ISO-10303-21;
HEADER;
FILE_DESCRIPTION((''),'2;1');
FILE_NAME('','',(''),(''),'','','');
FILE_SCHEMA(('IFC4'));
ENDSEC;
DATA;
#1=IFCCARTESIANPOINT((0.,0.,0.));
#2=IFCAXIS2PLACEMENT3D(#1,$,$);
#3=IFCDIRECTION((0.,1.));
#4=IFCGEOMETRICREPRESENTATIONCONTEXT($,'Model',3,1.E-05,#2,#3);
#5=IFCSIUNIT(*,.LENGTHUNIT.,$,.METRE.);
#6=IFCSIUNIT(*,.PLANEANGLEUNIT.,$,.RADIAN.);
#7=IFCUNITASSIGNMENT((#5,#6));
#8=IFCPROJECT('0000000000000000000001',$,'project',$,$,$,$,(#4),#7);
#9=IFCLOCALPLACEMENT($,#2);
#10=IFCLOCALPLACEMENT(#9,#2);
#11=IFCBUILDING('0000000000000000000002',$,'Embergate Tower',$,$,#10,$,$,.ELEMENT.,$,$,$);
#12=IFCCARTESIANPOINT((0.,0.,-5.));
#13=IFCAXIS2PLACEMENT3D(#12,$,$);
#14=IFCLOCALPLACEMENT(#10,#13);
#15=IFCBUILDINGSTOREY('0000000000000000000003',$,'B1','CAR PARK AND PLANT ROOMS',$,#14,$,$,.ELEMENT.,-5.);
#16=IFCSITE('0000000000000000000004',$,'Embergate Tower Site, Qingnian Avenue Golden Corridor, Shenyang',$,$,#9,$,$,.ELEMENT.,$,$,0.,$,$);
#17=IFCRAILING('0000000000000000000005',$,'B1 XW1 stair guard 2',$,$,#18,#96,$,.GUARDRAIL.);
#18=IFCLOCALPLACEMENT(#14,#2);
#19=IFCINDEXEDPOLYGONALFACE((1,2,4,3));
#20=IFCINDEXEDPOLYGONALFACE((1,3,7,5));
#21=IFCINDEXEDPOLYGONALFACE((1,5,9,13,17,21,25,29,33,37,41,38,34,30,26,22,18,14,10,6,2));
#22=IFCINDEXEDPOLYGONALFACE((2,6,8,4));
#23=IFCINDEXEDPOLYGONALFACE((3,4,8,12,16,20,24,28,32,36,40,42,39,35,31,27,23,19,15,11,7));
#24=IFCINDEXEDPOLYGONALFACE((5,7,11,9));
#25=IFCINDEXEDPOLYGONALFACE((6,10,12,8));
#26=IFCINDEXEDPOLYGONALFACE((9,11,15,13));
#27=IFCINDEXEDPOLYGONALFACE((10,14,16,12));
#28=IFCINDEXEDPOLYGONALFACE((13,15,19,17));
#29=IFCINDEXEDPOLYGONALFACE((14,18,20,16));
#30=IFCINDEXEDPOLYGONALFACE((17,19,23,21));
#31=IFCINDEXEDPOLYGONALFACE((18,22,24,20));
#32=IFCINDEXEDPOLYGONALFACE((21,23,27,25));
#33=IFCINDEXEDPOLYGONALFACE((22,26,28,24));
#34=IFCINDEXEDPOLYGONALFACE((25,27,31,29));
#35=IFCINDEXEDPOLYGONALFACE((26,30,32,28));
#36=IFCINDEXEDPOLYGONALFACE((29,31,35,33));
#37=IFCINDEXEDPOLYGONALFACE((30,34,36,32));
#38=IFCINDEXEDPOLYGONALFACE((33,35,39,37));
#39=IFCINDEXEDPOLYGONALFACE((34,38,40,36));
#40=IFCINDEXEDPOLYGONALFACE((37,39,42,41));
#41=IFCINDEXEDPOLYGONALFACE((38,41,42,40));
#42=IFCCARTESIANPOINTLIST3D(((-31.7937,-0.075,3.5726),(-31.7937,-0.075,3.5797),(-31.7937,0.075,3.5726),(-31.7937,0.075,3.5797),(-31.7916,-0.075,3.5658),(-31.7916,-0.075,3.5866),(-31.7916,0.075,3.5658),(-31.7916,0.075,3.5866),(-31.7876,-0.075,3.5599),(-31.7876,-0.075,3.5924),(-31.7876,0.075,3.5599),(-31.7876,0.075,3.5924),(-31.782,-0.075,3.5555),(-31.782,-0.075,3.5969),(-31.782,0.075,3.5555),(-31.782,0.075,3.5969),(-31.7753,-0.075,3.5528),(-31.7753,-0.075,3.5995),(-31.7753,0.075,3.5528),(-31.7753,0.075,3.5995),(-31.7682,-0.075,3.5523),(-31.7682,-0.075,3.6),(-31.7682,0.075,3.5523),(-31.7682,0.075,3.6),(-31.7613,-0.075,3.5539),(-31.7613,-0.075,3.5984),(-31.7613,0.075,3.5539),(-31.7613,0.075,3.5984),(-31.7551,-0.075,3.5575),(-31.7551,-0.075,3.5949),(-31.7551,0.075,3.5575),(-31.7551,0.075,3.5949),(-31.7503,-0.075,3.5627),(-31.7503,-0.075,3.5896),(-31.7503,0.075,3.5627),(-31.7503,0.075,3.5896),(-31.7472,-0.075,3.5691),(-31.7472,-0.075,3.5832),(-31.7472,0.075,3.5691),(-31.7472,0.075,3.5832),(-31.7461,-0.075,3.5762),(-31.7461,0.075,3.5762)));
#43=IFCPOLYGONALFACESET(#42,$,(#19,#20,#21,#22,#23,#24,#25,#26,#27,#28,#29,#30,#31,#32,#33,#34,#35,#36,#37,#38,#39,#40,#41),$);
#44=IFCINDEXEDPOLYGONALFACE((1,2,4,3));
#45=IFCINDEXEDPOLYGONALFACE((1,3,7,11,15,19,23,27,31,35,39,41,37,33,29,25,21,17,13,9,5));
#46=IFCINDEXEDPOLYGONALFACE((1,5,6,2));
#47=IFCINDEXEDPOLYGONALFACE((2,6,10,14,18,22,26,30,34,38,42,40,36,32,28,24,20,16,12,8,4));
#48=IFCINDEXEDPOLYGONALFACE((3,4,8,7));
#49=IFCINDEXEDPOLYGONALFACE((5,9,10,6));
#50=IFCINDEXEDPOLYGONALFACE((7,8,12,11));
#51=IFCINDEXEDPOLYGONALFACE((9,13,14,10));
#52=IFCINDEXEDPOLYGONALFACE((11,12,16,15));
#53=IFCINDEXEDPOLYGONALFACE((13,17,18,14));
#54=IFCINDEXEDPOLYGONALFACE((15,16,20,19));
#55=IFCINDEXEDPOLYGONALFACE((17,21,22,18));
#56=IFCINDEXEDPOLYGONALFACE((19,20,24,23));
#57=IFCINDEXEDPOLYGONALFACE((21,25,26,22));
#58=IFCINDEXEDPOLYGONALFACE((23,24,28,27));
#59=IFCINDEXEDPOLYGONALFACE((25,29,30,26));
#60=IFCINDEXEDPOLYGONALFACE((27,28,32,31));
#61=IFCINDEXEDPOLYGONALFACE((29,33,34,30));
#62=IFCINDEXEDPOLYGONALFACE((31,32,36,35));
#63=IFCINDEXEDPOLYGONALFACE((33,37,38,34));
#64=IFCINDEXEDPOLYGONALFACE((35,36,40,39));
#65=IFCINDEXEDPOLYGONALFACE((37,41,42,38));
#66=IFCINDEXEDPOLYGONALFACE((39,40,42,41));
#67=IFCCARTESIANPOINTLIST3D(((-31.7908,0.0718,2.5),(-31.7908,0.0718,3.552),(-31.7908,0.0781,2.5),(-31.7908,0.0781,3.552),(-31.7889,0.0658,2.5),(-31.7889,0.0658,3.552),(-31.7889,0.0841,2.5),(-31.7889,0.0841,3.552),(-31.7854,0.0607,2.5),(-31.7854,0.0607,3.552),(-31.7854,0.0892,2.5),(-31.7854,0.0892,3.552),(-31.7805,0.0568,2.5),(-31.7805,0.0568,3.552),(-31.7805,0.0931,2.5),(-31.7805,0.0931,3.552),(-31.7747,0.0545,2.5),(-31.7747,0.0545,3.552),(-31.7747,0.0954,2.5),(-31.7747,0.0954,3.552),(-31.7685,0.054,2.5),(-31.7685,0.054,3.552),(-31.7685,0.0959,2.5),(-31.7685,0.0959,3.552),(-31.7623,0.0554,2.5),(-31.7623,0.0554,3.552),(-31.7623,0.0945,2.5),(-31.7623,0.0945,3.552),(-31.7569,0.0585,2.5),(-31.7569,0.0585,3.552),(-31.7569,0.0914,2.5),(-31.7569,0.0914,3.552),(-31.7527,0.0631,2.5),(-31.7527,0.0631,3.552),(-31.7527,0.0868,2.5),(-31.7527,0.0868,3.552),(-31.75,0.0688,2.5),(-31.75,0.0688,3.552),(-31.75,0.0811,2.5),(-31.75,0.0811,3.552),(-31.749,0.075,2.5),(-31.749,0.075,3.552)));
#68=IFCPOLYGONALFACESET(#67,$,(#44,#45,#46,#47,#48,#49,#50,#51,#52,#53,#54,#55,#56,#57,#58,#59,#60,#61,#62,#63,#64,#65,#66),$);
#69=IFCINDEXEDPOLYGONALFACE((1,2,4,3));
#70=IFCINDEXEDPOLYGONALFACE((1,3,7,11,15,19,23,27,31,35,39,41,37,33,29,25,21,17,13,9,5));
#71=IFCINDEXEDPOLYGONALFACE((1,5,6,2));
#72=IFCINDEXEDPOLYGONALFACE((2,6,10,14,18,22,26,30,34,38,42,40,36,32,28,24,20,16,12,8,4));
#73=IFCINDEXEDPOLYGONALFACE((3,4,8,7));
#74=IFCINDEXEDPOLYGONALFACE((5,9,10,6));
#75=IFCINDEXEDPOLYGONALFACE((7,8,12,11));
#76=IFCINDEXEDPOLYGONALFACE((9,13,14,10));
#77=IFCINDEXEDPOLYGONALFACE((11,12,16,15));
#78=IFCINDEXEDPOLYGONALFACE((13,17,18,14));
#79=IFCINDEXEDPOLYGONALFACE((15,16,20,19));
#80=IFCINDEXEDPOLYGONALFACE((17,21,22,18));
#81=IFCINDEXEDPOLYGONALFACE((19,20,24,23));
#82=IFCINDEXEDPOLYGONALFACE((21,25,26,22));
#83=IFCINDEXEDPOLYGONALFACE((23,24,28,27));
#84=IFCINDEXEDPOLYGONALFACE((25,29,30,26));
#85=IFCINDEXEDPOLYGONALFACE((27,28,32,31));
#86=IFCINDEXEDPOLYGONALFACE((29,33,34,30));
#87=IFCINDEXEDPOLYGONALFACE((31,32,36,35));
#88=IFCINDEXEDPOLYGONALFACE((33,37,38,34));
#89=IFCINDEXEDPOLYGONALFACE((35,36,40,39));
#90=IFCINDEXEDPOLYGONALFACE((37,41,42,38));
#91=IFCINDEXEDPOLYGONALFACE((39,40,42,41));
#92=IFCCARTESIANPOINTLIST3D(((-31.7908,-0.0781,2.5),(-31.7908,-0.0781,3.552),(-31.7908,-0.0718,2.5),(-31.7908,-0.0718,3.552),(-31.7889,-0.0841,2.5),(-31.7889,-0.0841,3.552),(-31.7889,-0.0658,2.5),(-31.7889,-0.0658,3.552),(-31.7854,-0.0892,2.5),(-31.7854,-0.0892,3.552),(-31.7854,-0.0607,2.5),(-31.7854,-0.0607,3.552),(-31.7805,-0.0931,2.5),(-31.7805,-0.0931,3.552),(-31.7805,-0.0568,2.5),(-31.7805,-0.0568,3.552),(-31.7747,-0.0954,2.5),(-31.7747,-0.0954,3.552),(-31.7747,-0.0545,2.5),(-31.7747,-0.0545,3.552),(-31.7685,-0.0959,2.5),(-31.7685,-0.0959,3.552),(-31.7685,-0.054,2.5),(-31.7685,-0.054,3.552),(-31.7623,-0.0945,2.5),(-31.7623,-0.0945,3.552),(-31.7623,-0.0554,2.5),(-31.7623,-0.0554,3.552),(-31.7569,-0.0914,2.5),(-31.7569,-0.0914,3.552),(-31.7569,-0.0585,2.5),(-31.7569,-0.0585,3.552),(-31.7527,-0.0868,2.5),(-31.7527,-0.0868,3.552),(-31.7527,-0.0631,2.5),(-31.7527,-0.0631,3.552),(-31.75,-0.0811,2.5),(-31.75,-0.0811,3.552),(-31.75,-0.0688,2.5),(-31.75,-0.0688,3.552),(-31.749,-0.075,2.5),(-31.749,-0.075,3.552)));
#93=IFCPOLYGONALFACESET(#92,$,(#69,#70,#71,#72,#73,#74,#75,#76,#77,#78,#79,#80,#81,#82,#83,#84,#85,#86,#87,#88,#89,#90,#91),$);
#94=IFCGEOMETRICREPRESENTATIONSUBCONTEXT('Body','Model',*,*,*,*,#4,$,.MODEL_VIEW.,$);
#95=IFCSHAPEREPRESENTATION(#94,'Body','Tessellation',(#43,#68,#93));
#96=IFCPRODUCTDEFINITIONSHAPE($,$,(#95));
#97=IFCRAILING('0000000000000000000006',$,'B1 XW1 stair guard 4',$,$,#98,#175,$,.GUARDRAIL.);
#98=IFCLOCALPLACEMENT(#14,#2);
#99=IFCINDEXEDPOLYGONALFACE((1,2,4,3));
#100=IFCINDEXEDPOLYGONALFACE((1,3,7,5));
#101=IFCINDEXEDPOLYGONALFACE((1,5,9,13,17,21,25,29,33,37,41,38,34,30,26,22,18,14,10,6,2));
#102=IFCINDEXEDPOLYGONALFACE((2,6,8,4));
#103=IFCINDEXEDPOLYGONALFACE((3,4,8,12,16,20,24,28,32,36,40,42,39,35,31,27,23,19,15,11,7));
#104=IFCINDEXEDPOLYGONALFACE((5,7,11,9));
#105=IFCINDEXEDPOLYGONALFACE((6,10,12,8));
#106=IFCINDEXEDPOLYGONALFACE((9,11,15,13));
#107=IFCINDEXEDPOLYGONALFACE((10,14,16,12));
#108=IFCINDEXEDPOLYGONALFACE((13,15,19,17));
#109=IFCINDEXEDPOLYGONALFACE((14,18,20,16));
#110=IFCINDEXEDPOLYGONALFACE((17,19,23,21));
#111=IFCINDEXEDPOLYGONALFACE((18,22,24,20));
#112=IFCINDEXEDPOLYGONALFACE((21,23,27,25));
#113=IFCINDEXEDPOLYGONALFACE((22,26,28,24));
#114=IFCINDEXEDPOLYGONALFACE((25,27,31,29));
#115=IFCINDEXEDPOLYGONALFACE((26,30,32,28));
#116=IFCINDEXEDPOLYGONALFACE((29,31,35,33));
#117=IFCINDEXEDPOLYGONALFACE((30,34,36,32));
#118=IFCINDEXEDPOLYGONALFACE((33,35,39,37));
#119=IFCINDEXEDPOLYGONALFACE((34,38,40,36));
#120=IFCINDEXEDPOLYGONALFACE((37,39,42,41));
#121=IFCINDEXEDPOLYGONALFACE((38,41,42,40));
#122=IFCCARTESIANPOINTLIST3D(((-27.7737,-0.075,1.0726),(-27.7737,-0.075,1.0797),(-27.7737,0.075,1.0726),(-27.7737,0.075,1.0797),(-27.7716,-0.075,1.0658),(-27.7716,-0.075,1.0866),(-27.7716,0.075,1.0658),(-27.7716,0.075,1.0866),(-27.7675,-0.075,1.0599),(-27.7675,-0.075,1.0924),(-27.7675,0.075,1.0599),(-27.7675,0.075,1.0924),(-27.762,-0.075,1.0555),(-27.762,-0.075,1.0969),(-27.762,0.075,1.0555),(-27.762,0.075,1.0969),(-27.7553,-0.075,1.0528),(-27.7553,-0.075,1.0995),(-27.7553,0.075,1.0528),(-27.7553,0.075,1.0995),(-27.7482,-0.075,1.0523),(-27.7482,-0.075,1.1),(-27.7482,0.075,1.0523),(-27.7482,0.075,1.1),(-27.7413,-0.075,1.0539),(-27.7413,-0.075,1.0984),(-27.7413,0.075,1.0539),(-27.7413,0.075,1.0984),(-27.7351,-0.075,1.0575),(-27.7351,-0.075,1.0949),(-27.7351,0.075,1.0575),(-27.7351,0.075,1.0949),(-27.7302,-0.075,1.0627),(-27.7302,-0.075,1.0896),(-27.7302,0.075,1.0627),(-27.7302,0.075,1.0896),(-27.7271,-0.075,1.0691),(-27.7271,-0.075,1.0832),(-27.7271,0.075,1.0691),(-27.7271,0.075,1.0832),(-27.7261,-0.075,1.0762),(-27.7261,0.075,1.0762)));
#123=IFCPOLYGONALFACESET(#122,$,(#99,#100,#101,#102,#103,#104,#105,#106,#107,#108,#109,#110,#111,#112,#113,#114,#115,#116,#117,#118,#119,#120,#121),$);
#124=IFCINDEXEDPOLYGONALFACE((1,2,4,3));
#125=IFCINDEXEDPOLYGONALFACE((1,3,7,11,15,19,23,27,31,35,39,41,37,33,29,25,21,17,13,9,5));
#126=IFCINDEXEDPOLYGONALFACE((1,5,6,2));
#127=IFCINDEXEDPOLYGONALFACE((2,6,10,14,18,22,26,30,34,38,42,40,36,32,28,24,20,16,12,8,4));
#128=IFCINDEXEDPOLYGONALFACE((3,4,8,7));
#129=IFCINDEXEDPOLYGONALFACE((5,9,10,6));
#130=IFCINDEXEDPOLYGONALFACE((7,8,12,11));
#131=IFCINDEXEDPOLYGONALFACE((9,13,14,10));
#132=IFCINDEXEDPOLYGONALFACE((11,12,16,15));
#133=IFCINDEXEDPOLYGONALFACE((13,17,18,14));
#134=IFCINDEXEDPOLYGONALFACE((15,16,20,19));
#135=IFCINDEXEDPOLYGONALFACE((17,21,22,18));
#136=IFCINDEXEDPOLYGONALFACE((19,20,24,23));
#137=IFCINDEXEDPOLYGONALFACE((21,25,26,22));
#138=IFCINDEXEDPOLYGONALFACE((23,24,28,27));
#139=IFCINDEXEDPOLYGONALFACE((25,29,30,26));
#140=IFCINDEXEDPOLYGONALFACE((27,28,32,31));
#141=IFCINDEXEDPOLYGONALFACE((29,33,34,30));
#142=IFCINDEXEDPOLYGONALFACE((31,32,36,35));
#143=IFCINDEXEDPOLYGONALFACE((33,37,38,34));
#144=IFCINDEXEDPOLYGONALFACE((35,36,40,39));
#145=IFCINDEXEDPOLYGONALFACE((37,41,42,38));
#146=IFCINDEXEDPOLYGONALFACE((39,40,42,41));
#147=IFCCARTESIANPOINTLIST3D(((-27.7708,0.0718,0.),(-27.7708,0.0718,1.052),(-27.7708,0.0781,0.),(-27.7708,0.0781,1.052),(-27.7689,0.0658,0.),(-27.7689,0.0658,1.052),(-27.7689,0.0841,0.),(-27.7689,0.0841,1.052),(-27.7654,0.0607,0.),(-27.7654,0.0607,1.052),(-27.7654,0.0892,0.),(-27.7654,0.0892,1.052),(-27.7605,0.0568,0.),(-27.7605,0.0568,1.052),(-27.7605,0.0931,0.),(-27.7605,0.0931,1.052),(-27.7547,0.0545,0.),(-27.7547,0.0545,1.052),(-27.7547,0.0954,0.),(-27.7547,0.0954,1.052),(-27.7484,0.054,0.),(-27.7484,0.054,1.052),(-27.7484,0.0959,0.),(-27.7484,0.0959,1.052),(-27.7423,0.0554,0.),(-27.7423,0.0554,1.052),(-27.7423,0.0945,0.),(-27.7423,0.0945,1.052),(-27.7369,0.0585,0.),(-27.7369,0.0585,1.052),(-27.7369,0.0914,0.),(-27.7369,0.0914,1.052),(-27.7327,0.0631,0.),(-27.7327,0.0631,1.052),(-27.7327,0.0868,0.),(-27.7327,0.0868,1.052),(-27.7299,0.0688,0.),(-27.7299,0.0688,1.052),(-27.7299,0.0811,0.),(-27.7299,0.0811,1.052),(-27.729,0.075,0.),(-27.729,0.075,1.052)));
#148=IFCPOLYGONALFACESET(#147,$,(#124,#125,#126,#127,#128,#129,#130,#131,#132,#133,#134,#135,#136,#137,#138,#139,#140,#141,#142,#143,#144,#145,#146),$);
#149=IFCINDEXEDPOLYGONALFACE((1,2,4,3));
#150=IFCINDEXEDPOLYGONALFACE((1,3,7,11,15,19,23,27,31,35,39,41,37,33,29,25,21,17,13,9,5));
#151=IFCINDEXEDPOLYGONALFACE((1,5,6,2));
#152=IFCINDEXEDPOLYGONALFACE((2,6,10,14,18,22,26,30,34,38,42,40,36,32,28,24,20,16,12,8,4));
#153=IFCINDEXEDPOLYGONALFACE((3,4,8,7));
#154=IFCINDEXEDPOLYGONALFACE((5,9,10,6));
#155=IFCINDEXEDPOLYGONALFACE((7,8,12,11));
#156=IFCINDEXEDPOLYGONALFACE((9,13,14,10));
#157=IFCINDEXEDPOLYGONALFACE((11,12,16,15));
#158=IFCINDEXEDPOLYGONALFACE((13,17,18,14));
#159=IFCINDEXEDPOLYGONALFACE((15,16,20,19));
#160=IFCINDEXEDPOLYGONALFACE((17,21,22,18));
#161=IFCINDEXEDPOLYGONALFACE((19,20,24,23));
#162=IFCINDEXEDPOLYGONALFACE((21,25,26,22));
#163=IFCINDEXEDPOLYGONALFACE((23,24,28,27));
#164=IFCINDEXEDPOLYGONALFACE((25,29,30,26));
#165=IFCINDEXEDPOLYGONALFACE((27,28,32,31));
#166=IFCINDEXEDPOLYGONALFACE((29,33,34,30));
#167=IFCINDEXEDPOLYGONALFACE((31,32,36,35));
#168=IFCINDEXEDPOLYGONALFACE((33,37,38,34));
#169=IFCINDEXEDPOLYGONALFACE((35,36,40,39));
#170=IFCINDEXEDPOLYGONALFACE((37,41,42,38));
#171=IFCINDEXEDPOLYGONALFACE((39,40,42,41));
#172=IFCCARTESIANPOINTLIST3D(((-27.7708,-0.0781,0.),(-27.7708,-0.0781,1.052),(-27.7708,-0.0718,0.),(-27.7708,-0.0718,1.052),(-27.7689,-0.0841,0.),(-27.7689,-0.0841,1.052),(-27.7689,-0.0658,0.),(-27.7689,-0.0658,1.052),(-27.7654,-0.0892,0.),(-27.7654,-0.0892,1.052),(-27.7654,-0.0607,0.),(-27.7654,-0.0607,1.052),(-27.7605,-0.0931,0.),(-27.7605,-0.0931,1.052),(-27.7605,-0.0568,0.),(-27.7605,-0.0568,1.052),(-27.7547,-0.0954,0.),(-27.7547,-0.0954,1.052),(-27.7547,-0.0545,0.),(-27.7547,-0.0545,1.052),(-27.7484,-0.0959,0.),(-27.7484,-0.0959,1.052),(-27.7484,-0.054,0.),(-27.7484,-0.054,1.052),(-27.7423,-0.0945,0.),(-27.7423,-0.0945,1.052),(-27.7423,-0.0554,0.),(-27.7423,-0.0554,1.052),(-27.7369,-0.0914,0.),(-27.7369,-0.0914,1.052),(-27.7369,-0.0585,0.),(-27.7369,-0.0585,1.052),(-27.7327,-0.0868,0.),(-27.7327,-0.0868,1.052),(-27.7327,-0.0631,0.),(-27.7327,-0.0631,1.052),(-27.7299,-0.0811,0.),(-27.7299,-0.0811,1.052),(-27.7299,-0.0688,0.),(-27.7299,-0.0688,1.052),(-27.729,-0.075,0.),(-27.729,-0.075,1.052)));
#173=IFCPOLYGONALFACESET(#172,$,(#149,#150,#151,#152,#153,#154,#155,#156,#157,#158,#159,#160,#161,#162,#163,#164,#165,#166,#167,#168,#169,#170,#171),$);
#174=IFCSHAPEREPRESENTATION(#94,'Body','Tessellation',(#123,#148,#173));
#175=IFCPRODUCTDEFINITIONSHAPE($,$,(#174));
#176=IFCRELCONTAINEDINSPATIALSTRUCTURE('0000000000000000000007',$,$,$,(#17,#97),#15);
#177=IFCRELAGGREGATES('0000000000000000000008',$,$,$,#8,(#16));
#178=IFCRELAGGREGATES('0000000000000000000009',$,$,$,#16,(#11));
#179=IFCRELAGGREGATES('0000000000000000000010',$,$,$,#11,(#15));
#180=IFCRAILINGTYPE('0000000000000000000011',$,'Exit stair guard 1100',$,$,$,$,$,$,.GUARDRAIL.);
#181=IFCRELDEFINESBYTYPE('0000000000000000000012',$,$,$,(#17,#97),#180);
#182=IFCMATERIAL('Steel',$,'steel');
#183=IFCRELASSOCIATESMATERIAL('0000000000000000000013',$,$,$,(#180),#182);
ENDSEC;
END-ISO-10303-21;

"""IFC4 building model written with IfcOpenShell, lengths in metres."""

from ifc_helpers import new_model, si_unit, direction, frame, origin, origin_2d, place, context, subcontext, project, spatial, circle, extrude, source, transform, mapped, material, type_object, element, save


model = new_model("IFC4")

# Units and contexts
model_context = context("Model", 3, precision=1e-05, world=origin(), true_north=direction((0.0, 1.0)))
body_context = subcontext(model_context, "Body", "Model", "MODEL_VIEW")
ifc_project = project(units=[si_unit("LENGTHUNIT", "METRE"), si_unit("PLANEANGLEUNIT", "RADIAN")], contexts=[model_context])

# Site, building, storey
site_placement = place(None, origin())
site = spatial("IfcSite", under=ifc_project, at=site_placement, Name="Embergate Tower Site, Qingnian Avenue Golden Corridor, Shenyang", CompositionType="ELEMENT", RefElevation=0.0)
building_placement = place(site_placement, origin())
building = spatial("IfcBuilding", under=site, at=building_placement, Name="Embergate Tower", CompositionType="ELEMENT")
storey_placement = place(building_placement, frame((0.0, 0.0, -5.0)))
storey = spatial("IfcBuildingStorey", under=building, at=storey_placement, Name="B1", Description="CAR PARK AND PLANT ROOMS", CompositionType="ELEMENT", Elevation=-5.0)

# Railings
ifc_material_1 = material(Name="Steel", Category="steel")
railing_type_1 = type_object("IfcRailingType", Name="Exit stair guard 1100", PredefinedType="GUARDRAIL", material=ifc_material_1)
shared_shape_1 = source(origin(), body_context, "Body", "SweptSolid", [
    extrude(circle(Radius=0.0239, at=origin_2d()), frame((0.0, 0.0, 1.0762), z_axis=(0.0, -1.0, 0.0), x_axis=(1.0, 0.0, 0.0)), (0.0, 0.0, 1.0), 0.1499),
    extrude(circle(Radius=0.021, at=origin_2d()), origin(), (0.0, 0.0, 1.0), 1.052),
    extrude(circle(Radius=0.021, at=origin_2d()), frame((0.0, -0.1499, 0.0)), (0.0, 0.0, 1.0), 1.052),
])
for number, where, name in (
    (1, (-31.77, 0.075, 2.5), "B1 XW1 stair guard 2"),
    (2, (-27.75, 0.075, 0.0), "B1 XW1 stair guard 4"),
):
    element("IfcRailing", number, at=place(storey_placement, frame(where)), inside=storey, type_object=railing_type_1, Name=name, PredefinedType="GUARDRAIL", context=body_context, shape_type="MappedRepresentation", body=[
        mapped(shared_shape_1, transform((0.0, 0.0, 0.0))),
    ])

save(model, "model.ifc")
